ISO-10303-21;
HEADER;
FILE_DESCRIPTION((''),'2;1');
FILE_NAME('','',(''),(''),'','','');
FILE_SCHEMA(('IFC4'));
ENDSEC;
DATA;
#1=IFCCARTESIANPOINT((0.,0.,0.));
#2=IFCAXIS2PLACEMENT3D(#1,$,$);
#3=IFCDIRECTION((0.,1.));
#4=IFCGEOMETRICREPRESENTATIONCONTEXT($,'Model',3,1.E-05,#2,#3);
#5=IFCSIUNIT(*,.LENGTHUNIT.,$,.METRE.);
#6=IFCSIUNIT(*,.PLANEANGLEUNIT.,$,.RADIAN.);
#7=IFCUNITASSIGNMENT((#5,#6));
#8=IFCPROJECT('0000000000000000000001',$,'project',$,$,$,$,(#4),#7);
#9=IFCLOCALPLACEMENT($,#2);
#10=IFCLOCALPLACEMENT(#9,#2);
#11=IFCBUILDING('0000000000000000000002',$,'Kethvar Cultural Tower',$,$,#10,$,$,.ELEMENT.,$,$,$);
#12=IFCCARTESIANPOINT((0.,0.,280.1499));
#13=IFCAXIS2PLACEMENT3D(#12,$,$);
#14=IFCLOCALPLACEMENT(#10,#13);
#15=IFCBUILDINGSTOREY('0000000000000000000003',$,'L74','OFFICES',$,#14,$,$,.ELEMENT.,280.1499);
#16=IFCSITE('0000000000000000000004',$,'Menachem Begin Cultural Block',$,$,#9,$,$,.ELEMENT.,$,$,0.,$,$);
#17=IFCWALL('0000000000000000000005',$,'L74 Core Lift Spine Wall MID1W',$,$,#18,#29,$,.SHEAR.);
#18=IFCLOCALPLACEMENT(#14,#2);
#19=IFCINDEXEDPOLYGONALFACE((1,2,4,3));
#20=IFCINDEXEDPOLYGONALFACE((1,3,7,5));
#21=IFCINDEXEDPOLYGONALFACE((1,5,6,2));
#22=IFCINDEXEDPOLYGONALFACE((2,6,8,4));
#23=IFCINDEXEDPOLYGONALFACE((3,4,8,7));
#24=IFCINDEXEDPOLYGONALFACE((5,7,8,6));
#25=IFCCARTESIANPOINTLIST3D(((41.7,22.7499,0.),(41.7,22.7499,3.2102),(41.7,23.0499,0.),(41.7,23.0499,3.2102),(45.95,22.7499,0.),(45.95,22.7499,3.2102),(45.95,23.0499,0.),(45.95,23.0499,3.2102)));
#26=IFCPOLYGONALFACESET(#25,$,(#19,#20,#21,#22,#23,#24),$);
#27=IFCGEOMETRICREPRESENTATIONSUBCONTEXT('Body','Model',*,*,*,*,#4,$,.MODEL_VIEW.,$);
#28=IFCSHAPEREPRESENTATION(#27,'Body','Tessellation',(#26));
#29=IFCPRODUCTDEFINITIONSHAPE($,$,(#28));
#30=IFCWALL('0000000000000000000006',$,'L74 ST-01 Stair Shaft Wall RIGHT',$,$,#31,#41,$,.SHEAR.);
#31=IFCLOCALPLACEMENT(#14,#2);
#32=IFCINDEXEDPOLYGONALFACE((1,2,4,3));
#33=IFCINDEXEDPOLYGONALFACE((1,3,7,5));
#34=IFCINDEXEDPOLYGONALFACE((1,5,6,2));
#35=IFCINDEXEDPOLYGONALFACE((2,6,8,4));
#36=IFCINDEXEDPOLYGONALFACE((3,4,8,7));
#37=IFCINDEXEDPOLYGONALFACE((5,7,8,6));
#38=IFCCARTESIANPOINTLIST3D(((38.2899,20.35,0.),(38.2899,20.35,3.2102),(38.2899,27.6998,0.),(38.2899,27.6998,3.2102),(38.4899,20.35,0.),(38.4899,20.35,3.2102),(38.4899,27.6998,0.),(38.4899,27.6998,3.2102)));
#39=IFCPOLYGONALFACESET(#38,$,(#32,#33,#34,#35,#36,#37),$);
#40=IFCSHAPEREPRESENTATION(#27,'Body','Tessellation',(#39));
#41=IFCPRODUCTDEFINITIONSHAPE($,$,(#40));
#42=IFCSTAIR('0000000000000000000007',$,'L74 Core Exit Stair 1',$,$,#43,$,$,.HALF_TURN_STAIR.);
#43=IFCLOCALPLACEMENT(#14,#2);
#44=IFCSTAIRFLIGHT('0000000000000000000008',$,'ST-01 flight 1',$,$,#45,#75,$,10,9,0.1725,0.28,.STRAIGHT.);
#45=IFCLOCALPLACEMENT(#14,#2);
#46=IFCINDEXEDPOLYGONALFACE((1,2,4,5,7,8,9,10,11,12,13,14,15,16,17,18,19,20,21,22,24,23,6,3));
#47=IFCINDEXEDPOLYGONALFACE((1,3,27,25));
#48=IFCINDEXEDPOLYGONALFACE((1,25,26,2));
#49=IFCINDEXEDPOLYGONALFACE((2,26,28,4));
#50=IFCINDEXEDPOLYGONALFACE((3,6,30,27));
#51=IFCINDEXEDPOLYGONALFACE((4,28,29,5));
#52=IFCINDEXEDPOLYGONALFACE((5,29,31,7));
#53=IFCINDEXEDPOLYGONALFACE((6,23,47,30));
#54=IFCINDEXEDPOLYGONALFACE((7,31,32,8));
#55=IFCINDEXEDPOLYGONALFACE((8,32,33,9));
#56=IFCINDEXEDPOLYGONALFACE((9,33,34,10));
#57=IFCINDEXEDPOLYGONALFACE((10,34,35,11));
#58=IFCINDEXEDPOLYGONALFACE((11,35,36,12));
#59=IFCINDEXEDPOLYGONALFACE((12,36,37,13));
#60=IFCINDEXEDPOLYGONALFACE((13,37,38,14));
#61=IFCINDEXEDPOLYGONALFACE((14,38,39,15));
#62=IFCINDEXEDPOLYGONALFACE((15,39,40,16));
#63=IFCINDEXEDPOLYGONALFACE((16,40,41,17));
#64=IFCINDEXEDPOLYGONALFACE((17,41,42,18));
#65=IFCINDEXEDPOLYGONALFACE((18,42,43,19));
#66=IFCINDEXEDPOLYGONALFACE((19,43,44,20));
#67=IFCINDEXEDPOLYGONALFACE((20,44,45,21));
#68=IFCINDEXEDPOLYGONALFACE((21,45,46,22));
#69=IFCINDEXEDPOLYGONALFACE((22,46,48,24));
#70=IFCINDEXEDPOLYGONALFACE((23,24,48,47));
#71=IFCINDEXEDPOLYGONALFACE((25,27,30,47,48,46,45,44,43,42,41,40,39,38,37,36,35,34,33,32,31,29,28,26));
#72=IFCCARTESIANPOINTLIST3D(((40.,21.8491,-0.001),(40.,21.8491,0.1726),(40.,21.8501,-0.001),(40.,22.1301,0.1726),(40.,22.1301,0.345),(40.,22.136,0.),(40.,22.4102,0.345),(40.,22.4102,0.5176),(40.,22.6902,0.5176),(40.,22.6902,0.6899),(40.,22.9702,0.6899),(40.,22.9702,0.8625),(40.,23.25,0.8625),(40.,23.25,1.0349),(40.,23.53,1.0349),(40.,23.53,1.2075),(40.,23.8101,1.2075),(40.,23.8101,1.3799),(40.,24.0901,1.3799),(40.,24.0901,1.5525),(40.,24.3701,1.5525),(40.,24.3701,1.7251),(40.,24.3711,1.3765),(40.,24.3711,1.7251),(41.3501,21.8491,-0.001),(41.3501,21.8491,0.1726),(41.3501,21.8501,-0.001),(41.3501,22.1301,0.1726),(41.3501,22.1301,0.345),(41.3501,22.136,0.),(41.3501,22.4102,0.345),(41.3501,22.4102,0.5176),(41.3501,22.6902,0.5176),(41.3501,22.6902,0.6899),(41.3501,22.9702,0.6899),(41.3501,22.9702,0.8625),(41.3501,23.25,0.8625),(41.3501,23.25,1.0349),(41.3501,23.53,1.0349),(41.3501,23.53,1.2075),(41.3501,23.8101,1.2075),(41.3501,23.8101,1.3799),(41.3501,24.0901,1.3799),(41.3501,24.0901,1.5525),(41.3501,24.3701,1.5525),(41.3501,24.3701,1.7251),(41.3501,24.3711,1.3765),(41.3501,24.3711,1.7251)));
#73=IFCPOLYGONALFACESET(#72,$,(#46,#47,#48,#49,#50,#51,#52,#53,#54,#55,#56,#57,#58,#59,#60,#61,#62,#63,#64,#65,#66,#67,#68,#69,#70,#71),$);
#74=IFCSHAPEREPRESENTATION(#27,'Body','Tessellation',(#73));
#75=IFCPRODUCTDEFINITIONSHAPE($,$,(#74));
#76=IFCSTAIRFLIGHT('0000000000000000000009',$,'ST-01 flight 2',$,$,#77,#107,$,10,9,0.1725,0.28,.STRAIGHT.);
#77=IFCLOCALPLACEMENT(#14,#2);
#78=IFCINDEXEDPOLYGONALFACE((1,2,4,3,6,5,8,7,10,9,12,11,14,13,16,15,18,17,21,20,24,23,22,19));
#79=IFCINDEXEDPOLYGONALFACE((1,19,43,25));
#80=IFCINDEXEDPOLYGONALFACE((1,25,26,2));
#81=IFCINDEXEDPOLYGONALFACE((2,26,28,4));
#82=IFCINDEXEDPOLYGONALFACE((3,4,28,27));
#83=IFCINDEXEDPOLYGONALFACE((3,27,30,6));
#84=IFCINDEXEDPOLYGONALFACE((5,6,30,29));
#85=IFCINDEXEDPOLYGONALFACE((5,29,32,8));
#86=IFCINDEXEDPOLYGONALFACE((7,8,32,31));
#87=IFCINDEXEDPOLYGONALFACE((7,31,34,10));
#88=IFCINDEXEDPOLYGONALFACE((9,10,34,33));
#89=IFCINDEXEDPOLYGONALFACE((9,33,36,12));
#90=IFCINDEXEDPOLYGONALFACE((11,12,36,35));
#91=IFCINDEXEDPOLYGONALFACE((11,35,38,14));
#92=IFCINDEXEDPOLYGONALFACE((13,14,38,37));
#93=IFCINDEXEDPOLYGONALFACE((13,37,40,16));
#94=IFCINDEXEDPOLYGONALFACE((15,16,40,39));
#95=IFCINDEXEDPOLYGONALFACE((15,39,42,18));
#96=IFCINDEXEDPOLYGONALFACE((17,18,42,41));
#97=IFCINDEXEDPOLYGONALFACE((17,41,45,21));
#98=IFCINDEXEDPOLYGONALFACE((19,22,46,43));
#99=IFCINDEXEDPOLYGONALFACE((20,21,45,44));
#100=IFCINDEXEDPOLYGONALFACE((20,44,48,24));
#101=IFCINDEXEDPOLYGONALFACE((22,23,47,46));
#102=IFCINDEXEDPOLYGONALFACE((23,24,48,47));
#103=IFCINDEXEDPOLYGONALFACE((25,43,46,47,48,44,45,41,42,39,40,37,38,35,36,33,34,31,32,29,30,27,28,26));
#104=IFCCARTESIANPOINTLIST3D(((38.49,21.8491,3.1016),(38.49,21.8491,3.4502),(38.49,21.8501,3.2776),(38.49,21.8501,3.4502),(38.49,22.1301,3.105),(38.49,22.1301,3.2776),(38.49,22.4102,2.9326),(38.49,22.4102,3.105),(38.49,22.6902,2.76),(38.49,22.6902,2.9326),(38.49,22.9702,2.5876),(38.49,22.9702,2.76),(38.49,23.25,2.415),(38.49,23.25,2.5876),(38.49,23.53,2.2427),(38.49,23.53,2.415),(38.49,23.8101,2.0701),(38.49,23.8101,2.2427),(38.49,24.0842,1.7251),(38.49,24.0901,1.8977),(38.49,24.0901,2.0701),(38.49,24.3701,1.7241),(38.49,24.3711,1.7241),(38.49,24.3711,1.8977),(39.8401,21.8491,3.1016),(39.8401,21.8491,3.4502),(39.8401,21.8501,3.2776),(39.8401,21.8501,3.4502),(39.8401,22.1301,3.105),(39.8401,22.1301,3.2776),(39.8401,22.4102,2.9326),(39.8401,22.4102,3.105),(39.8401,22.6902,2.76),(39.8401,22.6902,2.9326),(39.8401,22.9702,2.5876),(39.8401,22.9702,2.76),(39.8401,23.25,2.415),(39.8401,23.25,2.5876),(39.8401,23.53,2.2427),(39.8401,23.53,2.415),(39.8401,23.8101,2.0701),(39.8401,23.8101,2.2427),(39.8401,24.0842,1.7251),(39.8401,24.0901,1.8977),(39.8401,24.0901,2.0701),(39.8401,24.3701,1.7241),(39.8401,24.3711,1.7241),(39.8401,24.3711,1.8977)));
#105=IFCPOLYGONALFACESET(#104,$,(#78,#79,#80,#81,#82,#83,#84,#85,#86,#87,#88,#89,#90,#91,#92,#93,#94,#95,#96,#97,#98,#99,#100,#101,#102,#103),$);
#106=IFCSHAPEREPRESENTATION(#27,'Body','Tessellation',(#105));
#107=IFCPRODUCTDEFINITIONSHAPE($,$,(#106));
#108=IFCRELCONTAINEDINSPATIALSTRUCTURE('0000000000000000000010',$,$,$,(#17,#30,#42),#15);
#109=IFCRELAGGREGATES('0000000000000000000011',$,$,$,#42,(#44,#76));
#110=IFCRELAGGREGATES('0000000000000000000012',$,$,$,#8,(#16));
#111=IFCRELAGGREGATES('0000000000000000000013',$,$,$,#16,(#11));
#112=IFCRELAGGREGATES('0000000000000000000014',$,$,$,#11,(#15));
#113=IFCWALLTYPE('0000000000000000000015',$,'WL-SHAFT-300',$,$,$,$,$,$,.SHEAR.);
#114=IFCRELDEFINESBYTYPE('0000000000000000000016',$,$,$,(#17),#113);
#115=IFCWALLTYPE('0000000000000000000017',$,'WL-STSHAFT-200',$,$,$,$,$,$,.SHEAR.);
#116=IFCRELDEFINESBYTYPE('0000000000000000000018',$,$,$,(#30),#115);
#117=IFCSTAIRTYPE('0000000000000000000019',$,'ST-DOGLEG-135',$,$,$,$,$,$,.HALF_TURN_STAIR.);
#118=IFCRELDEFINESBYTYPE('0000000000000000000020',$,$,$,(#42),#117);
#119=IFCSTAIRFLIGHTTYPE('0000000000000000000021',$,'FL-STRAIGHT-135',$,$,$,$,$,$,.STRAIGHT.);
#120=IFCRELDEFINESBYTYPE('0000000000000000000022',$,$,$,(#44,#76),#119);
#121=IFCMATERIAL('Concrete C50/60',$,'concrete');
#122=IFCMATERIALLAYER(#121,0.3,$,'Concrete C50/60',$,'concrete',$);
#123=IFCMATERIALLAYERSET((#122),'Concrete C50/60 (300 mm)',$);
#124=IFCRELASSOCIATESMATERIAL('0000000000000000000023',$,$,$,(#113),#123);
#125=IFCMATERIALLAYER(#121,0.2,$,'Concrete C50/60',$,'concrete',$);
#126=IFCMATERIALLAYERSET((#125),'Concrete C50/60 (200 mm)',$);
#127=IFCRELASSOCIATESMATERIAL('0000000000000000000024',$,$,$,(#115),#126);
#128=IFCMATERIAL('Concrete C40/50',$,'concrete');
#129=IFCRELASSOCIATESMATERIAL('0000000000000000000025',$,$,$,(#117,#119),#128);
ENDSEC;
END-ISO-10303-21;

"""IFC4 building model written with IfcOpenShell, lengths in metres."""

from ifc_helpers import new_model, si_unit, direction, frame, frame_2d, origin, place, context, subcontext, project, spatial, polyline, rectangle, outline, extrude, material, layer, layer_set, type_object, element, aggregate, save


model = new_model("IFC4")

# Units and contexts
model_context = context("Model", 3, precision=1e-05, world=origin(), true_north=direction((0.0, 1.0)))
body_context = subcontext(model_context, "Body", "Model", "MODEL_VIEW")
ifc_project = project(units=[si_unit("LENGTHUNIT", "METRE"), si_unit("PLANEANGLEUNIT", "RADIAN")], contexts=[model_context])

# Site, building, storey
site_placement = place(None, origin())
site = spatial("IfcSite", under=ifc_project, at=site_placement, Name="Menachem Begin Cultural Block", CompositionType="ELEMENT", RefElevation=0.0)
building_placement = place(site_placement, origin())
building = spatial("IfcBuilding", under=site, at=building_placement, Name="Kethvar Cultural Tower", CompositionType="ELEMENT")
storey_placement = place(building_placement, frame((0.0, 0.0, 280.1499)))
storey = spatial("IfcBuildingStorey", under=building, at=storey_placement, Name="L74", Description="OFFICES", CompositionType="ELEMENT", Elevation=280.1499)

# Shared definitions
ifc_material_1 = material(Name="Concrete C50/60", Category="concrete")

# Walls
ifc_layer_1 = layer(ifc_material_1, 0.3, Name="Concrete C50/60", Category="concrete")
ifc_layer_set_1 = layer_set([ifc_layer_1], Name="Concrete C50/60 (300 mm)")
wall_type_1 = type_object("IfcWallType", Name="WL-SHAFT-300", PredefinedType="SHEAR", material=ifc_layer_set_1)
wall_1_placement = place(storey_placement, frame((41.7, 22.8999, 0.0), z_axis=(0.0, 0.0, 1.0), x_axis=(1.0, 0.0, 0.0)))
element("IfcWall", 1, at=wall_1_placement, inside=storey, type_object=wall_type_1, Name="L74 Core Lift Spine Wall MID1W", PredefinedType="SHEAR", context=body_context, shape_type="SweptSolid", body=[
    extrude(rectangle(XDim=4.25, YDim=0.3, at=frame_2d((2.125, 0.0))), origin(), (0.0, 0.0, 1.0), 3.2102),
])
ifc_layer_2 = layer(ifc_material_1, 0.2, Name="Concrete C50/60", Category="concrete")
ifc_layer_set_2 = layer_set([ifc_layer_2], Name="Concrete C50/60 (200 mm)")
wall_type_2 = type_object("IfcWallType", Name="WL-STSHAFT-200", PredefinedType="SHEAR", material=ifc_layer_set_2)
wall_2_placement = place(storey_placement, frame((38.3899, 20.3501, 0.0), z_axis=(0.0, 0.0, 1.0), x_axis=(0.0, 1.0, 0.0)))
element("IfcWall", 2, at=wall_2_placement, inside=storey, type_object=wall_type_2, Name="L74 ST-01 Stair Shaft Wall RIGHT", PredefinedType="SHEAR", context=body_context, shape_type="SweptSolid", body=[
    extrude(rectangle(XDim=7.3499, YDim=0.2, at=frame_2d((3.6748, 0.0))), origin(), (0.0, 0.0, 1.0), 3.2102),
])

# Stair, stair flights
ifc_material_2 = material(Name="Concrete C40/50", Category="concrete")
stair_type = type_object("IfcStairType", Name="ST-DOGLEG-135", PredefinedType="HALF_TURN_STAIR", material=ifc_material_2)
stair_placement = place(storey_placement, origin())
stair = element("IfcStair", 3, at=stair_placement, inside=storey, type_object=stair_type, Name="L74 Core Exit Stair 1", PredefinedType="HALF_TURN_STAIR")
stair_flight_type = type_object("IfcStairFlightType", Name="FL-STRAIGHT-135", PredefinedType="STRAIGHT", material=ifc_material_2)
stair_flight_1_placement = place(storey_placement, frame((40.675, 21.8501, 0.0), z_axis=(0.0, 0.0, 1.0), x_axis=(0.0, 1.0, 0.0)))
stair_flight_1 = element("IfcStairFlight", 4, at=stair_flight_1_placement, type_object=stair_flight_type, Name="ST-01 flight 1", NumberOfRisers=10, NumberOfTreads=9, PredefinedType="STRAIGHT", RiserHeight=0.1725, TreadLength=0.28, context=body_context, shape_type="SweptSolid", body=[
    extrude(outline(polyline([(-0.001, -0.001), (-0.001, 0.1726), (0.28, 0.1726), (0.28, 0.345), (0.5601, 0.345), (0.5601, 0.5176), (0.8401, 0.5176), (0.8401, 0.6899), (1.1201, 0.6899), (1.1201, 0.8625), (1.3999, 0.8625), (1.3999, 1.0349), (1.6799, 1.0349), (1.6799, 1.2075), (1.96, 1.2075), (1.96, 1.3799), (2.24, 1.3799), (2.24, 1.5525), (2.52, 1.5525), (2.52, 1.7251), (2.521, 1.7251), (2.521, 1.3765), (0.2859, 0.0), (0.0, -0.001), (-0.001, -0.001)])), frame((0.0, 0.675, 0.0), z_axis=(0.0, -1.0, 0.0), x_axis=(1.0, 0.0, 0.0)), (0.0, 0.0, 1.0), 1.3501),
])
stair_flight_2_placement = place(storey_placement, frame((39.165, 24.3701, 1.7251), z_axis=(0.0, 0.0, 1.0), x_axis=(0.0, -1.0, 0.0)))
stair_flight_2 = element("IfcStairFlight", 5, at=stair_flight_2_placement, type_object=stair_flight_type, Name="ST-01 flight 2", NumberOfRisers=10, NumberOfTreads=9, PredefinedType="STRAIGHT", RiserHeight=0.1725, TreadLength=0.28, context=body_context, shape_type="SweptSolid", body=[
    extrude(outline(polyline([(-0.001, -0.001), (-0.001, 0.1726), (0.28, 0.1726), (0.28, 0.345), (0.5601, 0.345), (0.5601, 0.5176), (0.8401, 0.5176), (0.8401, 0.6899), (1.1201, 0.6899), (1.1201, 0.8625), (1.3999, 0.8625), (1.3999, 1.0349), (1.6799, 1.0349), (1.6799, 1.2075), (1.96, 1.2075), (1.96, 1.3799), (2.24, 1.3799), (2.24, 1.5525), (2.52, 1.5525), (2.52, 1.7251), (2.521, 1.7251), (2.521, 1.3765), (0.2859, 0.0), (0.0, -0.001), (-0.001, -0.001)])), frame((0.0, 0.675, 0.0), z_axis=(0.0, -1.0, 0.0), x_axis=(1.0, 0.0, 0.0)), (0.0, 0.0, 1.0), 1.3501),
])
aggregate(stair, [stair_flight_1, stair_flight_2])

save(model, "model.ifc")
